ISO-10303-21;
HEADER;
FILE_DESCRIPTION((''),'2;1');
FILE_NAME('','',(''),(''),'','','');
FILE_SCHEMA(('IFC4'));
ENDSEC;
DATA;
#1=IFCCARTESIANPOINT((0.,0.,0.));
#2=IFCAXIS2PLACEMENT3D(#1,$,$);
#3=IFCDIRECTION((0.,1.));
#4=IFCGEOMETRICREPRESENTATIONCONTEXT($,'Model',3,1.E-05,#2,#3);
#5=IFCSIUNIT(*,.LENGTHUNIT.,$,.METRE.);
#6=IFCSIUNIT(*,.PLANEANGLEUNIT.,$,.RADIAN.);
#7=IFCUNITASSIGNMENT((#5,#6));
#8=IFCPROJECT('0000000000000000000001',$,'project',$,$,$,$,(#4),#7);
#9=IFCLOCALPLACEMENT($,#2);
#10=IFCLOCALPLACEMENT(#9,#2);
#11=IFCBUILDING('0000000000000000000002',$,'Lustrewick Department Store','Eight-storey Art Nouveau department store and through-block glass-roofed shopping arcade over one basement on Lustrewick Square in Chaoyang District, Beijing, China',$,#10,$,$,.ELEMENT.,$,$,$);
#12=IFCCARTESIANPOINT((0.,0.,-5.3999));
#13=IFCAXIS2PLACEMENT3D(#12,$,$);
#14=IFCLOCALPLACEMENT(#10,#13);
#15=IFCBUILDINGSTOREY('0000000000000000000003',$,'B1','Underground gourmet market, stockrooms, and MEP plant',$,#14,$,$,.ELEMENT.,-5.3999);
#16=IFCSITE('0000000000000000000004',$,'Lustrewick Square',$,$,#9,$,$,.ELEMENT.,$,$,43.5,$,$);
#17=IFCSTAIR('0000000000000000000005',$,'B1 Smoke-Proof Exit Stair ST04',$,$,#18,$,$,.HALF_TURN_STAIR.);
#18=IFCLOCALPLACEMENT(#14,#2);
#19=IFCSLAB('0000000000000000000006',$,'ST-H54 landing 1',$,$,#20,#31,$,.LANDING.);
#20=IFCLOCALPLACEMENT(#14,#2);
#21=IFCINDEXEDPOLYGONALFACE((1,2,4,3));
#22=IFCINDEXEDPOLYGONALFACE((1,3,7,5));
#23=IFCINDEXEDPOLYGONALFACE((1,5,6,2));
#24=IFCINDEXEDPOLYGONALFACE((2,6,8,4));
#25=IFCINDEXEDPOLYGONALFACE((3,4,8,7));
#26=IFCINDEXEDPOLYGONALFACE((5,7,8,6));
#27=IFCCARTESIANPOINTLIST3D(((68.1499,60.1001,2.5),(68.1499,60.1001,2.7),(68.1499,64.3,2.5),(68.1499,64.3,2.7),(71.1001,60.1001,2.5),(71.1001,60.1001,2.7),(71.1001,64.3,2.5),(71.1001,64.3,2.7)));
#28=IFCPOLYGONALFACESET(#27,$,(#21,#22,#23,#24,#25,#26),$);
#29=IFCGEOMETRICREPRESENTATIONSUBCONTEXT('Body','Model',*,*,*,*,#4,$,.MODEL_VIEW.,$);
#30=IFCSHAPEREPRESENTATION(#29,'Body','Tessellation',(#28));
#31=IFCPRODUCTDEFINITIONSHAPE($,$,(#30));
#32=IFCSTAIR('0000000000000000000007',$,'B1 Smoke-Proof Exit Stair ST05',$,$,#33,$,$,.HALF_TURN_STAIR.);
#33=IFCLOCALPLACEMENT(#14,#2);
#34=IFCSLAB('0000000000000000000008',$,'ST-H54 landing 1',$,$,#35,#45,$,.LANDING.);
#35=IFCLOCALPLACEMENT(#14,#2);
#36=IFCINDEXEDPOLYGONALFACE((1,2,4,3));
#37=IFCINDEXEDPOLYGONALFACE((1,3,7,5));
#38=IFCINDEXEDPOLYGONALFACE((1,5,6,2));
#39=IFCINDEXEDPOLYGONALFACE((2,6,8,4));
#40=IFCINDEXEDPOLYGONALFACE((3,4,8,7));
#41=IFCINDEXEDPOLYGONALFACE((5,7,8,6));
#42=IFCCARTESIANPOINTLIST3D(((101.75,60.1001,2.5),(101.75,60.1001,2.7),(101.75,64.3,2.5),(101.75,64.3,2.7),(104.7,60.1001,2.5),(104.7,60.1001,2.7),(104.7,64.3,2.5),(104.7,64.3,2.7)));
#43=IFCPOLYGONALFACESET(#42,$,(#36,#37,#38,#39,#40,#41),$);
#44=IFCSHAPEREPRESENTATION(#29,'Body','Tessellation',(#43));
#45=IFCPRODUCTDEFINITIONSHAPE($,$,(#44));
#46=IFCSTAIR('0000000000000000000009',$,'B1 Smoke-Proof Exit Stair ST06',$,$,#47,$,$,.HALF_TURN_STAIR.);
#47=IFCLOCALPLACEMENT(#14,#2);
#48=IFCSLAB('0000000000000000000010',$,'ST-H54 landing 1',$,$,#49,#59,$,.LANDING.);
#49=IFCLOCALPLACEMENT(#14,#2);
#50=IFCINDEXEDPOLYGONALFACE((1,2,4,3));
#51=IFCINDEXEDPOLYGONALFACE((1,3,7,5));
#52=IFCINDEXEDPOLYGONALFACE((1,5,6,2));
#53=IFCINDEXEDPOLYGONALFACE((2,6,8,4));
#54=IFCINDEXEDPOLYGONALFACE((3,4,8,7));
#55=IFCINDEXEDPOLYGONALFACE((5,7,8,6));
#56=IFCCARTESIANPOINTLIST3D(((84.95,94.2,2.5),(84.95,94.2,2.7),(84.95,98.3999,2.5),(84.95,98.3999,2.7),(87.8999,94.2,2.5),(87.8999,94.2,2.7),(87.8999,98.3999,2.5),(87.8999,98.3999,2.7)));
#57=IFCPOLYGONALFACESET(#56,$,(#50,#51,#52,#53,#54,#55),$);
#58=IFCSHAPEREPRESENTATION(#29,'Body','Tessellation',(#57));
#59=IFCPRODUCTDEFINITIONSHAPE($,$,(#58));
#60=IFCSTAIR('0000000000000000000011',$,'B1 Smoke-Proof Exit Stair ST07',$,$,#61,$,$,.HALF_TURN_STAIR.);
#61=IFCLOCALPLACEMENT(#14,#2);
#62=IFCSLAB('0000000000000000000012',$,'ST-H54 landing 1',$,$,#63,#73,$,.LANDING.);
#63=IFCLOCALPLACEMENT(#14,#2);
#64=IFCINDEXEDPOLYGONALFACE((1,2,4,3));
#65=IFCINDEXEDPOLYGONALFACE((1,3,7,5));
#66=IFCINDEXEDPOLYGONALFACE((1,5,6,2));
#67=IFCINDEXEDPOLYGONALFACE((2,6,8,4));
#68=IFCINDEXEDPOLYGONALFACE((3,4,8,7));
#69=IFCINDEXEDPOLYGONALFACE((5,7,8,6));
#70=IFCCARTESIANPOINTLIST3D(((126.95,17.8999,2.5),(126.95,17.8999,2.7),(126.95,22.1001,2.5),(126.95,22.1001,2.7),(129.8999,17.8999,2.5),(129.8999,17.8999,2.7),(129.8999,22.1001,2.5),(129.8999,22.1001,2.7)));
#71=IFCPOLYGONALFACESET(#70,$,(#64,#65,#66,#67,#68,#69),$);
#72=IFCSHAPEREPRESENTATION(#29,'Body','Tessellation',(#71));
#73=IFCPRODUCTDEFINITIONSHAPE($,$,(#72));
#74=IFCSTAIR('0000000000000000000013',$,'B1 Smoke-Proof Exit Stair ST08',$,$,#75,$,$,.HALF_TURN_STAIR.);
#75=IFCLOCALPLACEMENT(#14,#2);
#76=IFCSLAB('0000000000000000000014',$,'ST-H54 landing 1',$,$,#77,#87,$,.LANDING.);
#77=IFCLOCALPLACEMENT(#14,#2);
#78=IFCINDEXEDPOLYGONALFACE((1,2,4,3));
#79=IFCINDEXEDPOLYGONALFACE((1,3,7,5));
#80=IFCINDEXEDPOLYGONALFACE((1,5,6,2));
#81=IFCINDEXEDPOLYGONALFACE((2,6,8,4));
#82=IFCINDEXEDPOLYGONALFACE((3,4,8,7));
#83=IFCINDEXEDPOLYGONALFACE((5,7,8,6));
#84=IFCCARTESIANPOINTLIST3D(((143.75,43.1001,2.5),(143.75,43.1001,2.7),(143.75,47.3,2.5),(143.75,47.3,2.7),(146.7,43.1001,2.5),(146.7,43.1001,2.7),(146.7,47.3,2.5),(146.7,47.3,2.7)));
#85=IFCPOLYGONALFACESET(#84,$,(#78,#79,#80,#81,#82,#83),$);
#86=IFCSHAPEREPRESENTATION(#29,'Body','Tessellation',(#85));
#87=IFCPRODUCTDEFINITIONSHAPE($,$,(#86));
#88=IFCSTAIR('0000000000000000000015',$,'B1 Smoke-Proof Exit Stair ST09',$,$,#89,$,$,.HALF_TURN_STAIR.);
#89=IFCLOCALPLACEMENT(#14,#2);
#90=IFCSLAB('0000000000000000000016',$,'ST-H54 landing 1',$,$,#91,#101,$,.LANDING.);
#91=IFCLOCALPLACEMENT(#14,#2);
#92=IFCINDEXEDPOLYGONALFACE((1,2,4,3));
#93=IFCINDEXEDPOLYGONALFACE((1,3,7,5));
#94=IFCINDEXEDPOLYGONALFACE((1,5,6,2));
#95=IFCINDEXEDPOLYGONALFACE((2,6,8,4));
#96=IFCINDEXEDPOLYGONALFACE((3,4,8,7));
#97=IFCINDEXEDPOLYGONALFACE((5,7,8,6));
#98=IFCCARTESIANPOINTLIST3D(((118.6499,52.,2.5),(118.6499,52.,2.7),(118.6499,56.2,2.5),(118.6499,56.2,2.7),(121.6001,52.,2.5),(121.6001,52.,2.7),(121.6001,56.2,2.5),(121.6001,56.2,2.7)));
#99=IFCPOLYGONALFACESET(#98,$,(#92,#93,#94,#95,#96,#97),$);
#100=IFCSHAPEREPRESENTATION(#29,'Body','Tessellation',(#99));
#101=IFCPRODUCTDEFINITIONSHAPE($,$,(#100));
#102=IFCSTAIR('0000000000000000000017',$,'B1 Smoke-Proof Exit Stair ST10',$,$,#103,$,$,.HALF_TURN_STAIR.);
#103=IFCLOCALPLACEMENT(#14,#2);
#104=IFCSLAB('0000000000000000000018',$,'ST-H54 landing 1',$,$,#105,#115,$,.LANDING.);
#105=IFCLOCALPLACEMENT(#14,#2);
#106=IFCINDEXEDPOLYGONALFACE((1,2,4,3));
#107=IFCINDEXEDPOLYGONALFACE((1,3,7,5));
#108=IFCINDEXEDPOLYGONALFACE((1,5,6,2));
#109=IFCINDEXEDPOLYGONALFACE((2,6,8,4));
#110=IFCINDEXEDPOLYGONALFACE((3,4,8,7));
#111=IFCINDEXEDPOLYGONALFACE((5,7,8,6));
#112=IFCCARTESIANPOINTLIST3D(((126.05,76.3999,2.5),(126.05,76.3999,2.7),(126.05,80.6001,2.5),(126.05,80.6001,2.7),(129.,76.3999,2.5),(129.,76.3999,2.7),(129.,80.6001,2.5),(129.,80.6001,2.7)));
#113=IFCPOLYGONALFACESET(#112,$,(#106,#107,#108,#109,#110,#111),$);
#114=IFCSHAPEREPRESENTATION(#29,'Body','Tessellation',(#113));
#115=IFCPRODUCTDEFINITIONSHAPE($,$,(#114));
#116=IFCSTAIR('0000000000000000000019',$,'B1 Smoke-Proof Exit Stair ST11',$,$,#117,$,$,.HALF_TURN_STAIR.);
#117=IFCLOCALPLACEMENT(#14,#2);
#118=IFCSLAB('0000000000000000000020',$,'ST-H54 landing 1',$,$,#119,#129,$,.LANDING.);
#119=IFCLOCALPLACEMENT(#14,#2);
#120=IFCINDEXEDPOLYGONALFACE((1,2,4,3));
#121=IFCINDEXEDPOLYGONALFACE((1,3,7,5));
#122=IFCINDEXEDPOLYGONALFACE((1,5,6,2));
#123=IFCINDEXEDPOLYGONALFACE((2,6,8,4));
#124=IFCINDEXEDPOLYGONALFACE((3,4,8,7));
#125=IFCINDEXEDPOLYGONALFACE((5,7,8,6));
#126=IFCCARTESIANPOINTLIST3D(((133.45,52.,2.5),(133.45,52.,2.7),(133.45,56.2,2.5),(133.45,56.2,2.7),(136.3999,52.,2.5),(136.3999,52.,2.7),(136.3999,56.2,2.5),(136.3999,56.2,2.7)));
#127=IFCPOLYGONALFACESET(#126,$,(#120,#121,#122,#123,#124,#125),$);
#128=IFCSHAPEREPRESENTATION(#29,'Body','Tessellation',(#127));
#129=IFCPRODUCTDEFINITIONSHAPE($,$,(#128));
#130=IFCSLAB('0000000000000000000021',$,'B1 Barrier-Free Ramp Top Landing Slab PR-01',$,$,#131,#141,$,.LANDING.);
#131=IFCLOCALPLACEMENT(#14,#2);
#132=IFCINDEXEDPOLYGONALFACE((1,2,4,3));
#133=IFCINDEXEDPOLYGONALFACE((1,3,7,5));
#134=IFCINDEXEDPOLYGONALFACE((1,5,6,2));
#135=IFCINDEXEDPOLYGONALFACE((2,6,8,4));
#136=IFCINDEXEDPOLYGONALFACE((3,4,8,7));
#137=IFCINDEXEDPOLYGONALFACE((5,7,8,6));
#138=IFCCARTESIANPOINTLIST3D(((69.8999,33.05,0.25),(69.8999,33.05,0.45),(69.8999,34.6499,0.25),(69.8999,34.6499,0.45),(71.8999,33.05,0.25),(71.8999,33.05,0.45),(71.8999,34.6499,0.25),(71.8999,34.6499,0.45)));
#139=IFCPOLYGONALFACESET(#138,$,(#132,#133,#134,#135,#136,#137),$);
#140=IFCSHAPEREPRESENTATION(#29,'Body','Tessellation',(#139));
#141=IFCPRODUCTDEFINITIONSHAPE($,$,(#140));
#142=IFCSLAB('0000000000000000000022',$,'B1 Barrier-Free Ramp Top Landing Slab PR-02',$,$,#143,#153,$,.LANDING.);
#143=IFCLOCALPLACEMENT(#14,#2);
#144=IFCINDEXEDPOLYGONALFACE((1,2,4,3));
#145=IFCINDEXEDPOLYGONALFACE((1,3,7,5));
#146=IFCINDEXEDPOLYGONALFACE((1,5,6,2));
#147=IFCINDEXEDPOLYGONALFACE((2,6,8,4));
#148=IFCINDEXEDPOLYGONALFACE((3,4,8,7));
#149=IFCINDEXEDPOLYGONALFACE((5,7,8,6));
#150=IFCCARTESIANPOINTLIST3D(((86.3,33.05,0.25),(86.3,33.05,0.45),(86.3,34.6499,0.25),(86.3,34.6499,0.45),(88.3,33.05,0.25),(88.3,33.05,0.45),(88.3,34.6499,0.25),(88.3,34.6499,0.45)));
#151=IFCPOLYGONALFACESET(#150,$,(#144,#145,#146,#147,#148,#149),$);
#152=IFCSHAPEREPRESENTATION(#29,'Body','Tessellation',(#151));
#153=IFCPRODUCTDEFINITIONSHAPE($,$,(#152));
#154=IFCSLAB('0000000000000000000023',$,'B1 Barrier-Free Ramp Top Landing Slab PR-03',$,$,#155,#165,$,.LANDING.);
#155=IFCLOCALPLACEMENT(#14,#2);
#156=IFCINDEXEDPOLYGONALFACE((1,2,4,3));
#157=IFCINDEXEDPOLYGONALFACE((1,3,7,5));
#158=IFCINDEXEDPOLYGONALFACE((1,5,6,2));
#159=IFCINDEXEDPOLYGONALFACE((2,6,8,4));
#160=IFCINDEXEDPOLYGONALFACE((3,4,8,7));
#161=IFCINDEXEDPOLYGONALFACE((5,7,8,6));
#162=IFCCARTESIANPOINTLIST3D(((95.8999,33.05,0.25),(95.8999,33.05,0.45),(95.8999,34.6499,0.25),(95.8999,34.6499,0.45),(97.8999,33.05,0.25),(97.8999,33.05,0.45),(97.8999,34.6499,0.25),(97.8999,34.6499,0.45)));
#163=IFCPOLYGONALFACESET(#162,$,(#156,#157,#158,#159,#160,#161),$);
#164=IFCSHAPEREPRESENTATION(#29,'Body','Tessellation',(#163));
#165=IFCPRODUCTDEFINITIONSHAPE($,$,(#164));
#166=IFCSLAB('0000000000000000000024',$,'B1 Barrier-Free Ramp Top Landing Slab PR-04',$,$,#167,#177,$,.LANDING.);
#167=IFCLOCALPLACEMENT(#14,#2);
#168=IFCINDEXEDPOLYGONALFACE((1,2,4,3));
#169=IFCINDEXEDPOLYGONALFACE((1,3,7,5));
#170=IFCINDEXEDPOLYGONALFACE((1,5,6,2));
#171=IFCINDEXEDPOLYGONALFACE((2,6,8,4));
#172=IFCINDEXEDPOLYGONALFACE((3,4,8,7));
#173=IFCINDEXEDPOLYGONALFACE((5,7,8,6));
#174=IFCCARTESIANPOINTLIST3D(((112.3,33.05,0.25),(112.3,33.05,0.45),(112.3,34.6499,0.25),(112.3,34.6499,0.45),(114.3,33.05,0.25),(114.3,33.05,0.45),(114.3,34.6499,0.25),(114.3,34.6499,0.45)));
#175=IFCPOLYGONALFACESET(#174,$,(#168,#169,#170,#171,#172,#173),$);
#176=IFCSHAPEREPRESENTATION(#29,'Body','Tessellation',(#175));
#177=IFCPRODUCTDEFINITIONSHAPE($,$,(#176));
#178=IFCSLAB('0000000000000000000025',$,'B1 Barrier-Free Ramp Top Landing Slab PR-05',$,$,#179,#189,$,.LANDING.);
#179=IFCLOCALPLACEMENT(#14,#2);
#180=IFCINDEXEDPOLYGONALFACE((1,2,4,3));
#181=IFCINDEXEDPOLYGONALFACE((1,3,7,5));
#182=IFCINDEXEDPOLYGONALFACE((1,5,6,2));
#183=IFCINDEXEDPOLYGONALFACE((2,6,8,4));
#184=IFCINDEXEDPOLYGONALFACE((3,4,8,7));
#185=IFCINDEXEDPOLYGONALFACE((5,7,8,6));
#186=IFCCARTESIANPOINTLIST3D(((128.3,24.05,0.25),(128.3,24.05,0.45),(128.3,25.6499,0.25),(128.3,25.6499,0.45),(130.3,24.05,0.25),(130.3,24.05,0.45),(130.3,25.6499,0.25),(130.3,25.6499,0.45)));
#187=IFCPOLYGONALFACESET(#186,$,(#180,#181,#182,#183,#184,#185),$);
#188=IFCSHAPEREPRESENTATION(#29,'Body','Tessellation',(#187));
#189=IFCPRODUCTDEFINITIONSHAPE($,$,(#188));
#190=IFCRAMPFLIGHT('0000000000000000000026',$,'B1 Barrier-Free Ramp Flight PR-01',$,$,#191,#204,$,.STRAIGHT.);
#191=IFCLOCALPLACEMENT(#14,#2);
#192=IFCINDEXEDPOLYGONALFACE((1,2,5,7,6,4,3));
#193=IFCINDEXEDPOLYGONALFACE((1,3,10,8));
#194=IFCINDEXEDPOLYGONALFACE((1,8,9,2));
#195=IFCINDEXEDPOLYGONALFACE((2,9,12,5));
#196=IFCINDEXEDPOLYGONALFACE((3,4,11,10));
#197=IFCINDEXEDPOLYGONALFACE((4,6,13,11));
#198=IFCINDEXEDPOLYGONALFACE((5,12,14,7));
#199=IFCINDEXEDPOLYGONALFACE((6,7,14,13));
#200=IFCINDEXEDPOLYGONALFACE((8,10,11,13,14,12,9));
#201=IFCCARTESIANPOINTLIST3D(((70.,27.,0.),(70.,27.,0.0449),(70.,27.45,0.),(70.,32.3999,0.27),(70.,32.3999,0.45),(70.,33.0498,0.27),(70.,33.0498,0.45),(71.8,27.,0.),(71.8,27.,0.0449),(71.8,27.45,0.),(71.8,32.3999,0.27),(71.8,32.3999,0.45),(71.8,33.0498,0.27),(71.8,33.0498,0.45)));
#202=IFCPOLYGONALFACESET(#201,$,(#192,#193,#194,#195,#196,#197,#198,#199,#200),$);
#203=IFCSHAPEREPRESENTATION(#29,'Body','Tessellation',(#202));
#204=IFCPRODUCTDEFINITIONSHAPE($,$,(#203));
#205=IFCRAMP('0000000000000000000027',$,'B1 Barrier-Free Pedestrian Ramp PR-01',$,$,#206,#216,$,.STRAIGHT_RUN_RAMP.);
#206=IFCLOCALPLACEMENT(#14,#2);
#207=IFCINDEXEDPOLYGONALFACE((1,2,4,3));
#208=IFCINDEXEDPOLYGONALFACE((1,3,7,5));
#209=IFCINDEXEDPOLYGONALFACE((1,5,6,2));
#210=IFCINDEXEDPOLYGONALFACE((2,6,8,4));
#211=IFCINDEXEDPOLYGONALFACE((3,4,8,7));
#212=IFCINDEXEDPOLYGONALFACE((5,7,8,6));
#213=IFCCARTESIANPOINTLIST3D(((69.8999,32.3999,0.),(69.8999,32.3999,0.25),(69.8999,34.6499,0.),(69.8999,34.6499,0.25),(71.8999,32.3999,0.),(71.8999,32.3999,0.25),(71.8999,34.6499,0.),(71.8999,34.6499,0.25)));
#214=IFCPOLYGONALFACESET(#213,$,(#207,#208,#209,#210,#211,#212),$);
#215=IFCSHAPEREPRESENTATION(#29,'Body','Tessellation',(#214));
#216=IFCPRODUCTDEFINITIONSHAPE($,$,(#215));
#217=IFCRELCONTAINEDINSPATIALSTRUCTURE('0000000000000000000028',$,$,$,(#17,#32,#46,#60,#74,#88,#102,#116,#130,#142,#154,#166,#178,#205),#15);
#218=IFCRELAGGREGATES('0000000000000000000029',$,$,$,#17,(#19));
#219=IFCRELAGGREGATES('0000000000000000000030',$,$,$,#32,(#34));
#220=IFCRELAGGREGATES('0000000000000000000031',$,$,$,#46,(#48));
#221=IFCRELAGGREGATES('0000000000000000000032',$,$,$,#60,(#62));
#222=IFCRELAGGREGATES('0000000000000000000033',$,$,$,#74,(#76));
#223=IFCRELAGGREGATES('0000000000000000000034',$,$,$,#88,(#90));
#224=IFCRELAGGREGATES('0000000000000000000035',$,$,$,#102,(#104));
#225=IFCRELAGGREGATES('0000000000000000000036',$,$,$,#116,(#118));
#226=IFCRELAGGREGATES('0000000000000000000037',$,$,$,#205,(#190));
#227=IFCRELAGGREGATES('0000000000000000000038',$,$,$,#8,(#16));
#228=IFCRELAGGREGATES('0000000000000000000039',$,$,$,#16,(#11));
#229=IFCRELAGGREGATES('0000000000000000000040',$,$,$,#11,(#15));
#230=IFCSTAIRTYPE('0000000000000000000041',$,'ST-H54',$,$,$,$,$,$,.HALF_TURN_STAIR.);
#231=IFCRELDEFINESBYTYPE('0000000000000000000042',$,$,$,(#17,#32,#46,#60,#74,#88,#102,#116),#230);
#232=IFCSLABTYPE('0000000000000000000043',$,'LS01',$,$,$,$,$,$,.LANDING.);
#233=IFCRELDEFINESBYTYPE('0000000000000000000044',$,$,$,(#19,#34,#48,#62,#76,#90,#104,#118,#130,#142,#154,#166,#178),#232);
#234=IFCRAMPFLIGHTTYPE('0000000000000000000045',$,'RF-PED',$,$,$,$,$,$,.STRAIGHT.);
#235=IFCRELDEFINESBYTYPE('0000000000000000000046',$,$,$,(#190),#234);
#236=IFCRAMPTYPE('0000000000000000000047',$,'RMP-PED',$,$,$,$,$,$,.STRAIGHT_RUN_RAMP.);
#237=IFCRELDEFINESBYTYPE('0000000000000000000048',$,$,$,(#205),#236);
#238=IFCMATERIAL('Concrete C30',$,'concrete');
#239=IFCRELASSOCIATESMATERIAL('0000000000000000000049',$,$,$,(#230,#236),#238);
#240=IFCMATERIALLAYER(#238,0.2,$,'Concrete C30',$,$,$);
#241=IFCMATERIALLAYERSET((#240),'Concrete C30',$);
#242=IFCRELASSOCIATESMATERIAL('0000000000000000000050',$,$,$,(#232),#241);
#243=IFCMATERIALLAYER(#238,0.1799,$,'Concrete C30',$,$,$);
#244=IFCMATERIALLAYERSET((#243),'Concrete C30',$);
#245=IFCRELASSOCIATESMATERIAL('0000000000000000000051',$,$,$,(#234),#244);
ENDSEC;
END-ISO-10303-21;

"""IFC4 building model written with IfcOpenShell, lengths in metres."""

from ifc_helpers import new_model, si_unit, direction, frame, origin, place, context, subcontext, project, spatial, polyline, outline, extrude, material, layer, layer_set, type_object, element, aggregate, save


model = new_model("IFC4")

# Units and contexts
model_context = context("Model", 3, precision=1e-05, world=origin(), true_north=direction((0.0, 1.0)))
body_context = subcontext(model_context, "Body", "Model", "MODEL_VIEW")
ifc_project = project(units=[si_unit("LENGTHUNIT", "METRE"), si_unit("PLANEANGLEUNIT", "RADIAN")], contexts=[model_context])

# Site, building, storey
site_placement = place(None, origin())
site = spatial("IfcSite", under=ifc_project, at=site_placement, Name="Lustrewick Square", CompositionType="ELEMENT", RefElevation=43.5)
building_placement = place(site_placement, origin())
building = spatial("IfcBuilding", under=site, at=building_placement, Name="Lustrewick Department Store", Description="Eight-storey Art Nouveau department store and through-block glass-roofed shopping arcade over one basement on Lustrewick Square in Chaoyang District, Beijing, China", CompositionType="ELEMENT")
storey_placement = place(building_placement, frame((0.0, 0.0, -5.3999)))
storey = spatial("IfcBuildingStorey", under=building, at=storey_placement, Name="B1", Description="Underground gourmet market, stockrooms, and MEP plant", CompositionType="ELEMENT", Elevation=-5.3999)

# Stairs, slabs
ifc_material_1 = material(Name="Concrete C30", Category="concrete")
stair_type = type_object("IfcStairType", Name="ST-H54", PredefinedType="HALF_TURN_STAIR", material=ifc_material_1)
ifc_layer_1 = layer(ifc_material_1, 0.2, Name="Concrete C30")
ifc_layer_set_1 = layer_set([ifc_layer_1], Name="Concrete C30")
slab_type_1 = type_object("IfcSlabType", Name="LS01", PredefinedType="LANDING", material=ifc_layer_set_1)
stair_1_placement = place(storey_placement, origin())
stair_1 = element("IfcStair", 1, at=stair_1_placement, inside=storey, type_object=stair_type, Name="B1 Smoke-Proof Exit Stair ST04", PredefinedType="HALF_TURN_STAIR")
slab_1_placement = place(storey_placement, frame((0.0, 0.0, 2.5)))
slab_1 = element("IfcSlab", 2, at=slab_1_placement, type_object=slab_type_1, Name="ST-H54 landing 1", PredefinedType="LANDING", context=body_context, shape_type="SweptSolid", body=[
    extrude(outline(polyline([(68.1499, 60.1001), (71.1001, 60.1001), (71.1001, 64.3), (68.1499, 64.3), (68.1499, 60.1001)])), origin(), (0.0, 0.0, 1.0), 0.2),
])
aggregate(stair_1, [slab_1])
stair_2_placement = place(storey_placement, origin())
stair_2 = element("IfcStair", 3, at=stair_2_placement, inside=storey, type_object=stair_type, Name="B1 Smoke-Proof Exit Stair ST05", PredefinedType="HALF_TURN_STAIR")
slab_2_placement = place(storey_placement, frame((0.0, 0.0, 2.5)))
slab_2 = element("IfcSlab", 4, at=slab_2_placement, type_object=slab_type_1, Name="ST-H54 landing 1", PredefinedType="LANDING", context=body_context, shape_type="SweptSolid", body=[
    extrude(outline(polyline([(101.75, 60.1001), (104.7, 60.1001), (104.7, 64.3), (101.75, 64.3), (101.75, 60.1001)])), origin(), (0.0, 0.0, 1.0), 0.2),
])
aggregate(stair_2, [slab_2])
stair_3_placement = place(storey_placement, origin())
stair_3 = element("IfcStair", 5, at=stair_3_placement, inside=storey, type_object=stair_type, Name="B1 Smoke-Proof Exit Stair ST06", PredefinedType="HALF_TURN_STAIR")
slab_3_placement = place(storey_placement, frame((0.0, 0.0, 2.5)))
slab_3 = element("IfcSlab", 6, at=slab_3_placement, type_object=slab_type_1, Name="ST-H54 landing 1", PredefinedType="LANDING", context=body_context, shape_type="SweptSolid", body=[
    extrude(outline(polyline([(84.95, 94.2), (87.8999, 94.2), (87.8999, 98.3999), (84.95, 98.3999), (84.95, 94.2)])), origin(), (0.0, 0.0, 1.0), 0.2),
])
aggregate(stair_3, [slab_3])
stair_4_placement = place(storey_placement, origin())
stair_4 = element("IfcStair", 7, at=stair_4_placement, inside=storey, type_object=stair_type, Name="B1 Smoke-Proof Exit Stair ST07", PredefinedType="HALF_TURN_STAIR")
slab_4_placement = place(storey_placement, frame((0.0, 0.0, 2.5)))
slab_4 = element("IfcSlab", 8, at=slab_4_placement, type_object=slab_type_1, Name="ST-H54 landing 1", PredefinedType="LANDING", context=body_context, shape_type="SweptSolid", body=[
    extrude(outline(polyline([(126.95, 17.8999), (129.8999, 17.8999), (129.8999, 22.1001), (126.95, 22.1001), (126.95, 17.8999)])), origin(), (0.0, 0.0, 1.0), 0.2),
])
aggregate(stair_4, [slab_4])
stair_5_placement = place(storey_placement, origin())
stair_5 = element("IfcStair", 9, at=stair_5_placement, inside=storey, type_object=stair_type, Name="B1 Smoke-Proof Exit Stair ST08", PredefinedType="HALF_TURN_STAIR")
slab_5_placement = place(storey_placement, frame((0.0, 0.0, 2.5)))
slab_5 = element("IfcSlab", 10, at=slab_5_placement, type_object=slab_type_1, Name="ST-H54 landing 1", PredefinedType="LANDING", context=body_context, shape_type="SweptSolid", body=[
    extrude(outline(polyline([(143.75, 43.1001), (146.7, 43.1001), (146.7, 47.3), (143.75, 47.3), (143.75, 43.1001)])), origin(), (0.0, 0.0, 1.0), 0.2),
])
aggregate(stair_5, [slab_5])
stair_6_placement = place(storey_placement, origin())
stair_6 = element("IfcStair", 11, at=stair_6_placement, inside=storey, type_object=stair_type, Name="B1 Smoke-Proof Exit Stair ST09", PredefinedType="HALF_TURN_STAIR")
slab_6_placement = place(storey_placement, frame((0.0, 0.0, 2.5)))
slab_6 = element("IfcSlab", 12, at=slab_6_placement, type_object=slab_type_1, Name="ST-H54 landing 1", PredefinedType="LANDING", context=body_context, shape_type="SweptSolid", body=[
    extrude(outline(polyline([(118.6499, 52.0), (121.6001, 52.0), (121.6001, 56.2), (118.6499, 56.2), (118.6499, 52.0)])), origin(), (0.0, 0.0, 1.0), 0.2),
])
aggregate(stair_6, [slab_6])
stair_7_placement = place(storey_placement, origin())
stair_7 = element("IfcStair", 13, at=stair_7_placement, inside=storey, type_object=stair_type, Name="B1 Smoke-Proof Exit Stair ST10", PredefinedType="HALF_TURN_STAIR")
slab_7_placement = place(storey_placement, frame((0.0, 0.0, 2.5)))
slab_7 = element("IfcSlab", 14, at=slab_7_placement, type_object=slab_type_1, Name="ST-H54 landing 1", PredefinedType="LANDING", context=body_context, shape_type="SweptSolid", body=[
    extrude(outline(polyline([(126.05, 76.3999), (129.0, 76.3999), (129.0, 80.6001), (126.05, 80.6001), (126.05, 76.3999)])), origin(), (0.0, 0.0, 1.0), 0.2),
])
aggregate(stair_7, [slab_7])
stair_8_placement = place(storey_placement, origin())
stair_8 = element("IfcStair", 15, at=stair_8_placement, inside=storey, type_object=stair_type, Name="B1 Smoke-Proof Exit Stair ST11", PredefinedType="HALF_TURN_STAIR")
slab_8_placement = place(storey_placement, frame((0.0, 0.0, 2.5)))
slab_8 = element("IfcSlab", 16, at=slab_8_placement, type_object=slab_type_1, Name="ST-H54 landing 1", PredefinedType="LANDING", context=body_context, shape_type="SweptSolid", body=[
    extrude(outline(polyline([(133.45, 52.0), (136.3999, 52.0), (136.3999, 56.2), (133.45, 56.2), (133.45, 52.0)])), origin(), (0.0, 0.0, 1.0), 0.2),
])
aggregate(stair_8, [slab_8])

# Slabs
slab_9_placement = place(storey_placement, frame((0.0, 0.0, 0.25)))
element("IfcSlab", 17, at=slab_9_placement, inside=storey, type_object=slab_type_1, Name="B1 Barrier-Free Ramp Top Landing Slab PR-01", PredefinedType="LANDING", context=body_context, shape_type="SweptSolid", body=[
    extrude(outline(polyline([(71.8999, 33.05), (71.8999, 34.6499), (69.8999, 34.6499), (69.8999, 33.05), (71.8999, 33.05)])), origin(), (0.0, 0.0, 1.0), 0.2),
])
slab_10_placement = place(storey_placement, frame((0.0, 0.0, 0.25)))
element("IfcSlab", 18, at=slab_10_placement, inside=storey, type_object=slab_type_1, Name="B1 Barrier-Free Ramp Top Landing Slab PR-02", PredefinedType="LANDING", context=body_context, shape_type="SweptSolid", body=[
    extrude(outline(polyline([(88.3, 33.05), (88.3, 34.6499), (86.3, 34.6499), (86.3, 33.05), (88.3, 33.05)])), origin(), (0.0, 0.0, 1.0), 0.2),
])
slab_11_placement = place(storey_placement, frame((0.0, 0.0, 0.25)))
element("IfcSlab", 19, at=slab_11_placement, inside=storey, type_object=slab_type_1, Name="B1 Barrier-Free Ramp Top Landing Slab PR-03", PredefinedType="LANDING", context=body_context, shape_type="SweptSolid", body=[
    extrude(outline(polyline([(97.8999, 33.05), (97.8999, 34.6499), (95.8999, 34.6499), (95.8999, 33.05), (97.8999, 33.05)])), origin(), (0.0, 0.0, 1.0), 0.2),
])
slab_12_placement = place(storey_placement, frame((0.0, 0.0, 0.25)))
element("IfcSlab", 20, at=slab_12_placement, inside=storey, type_object=slab_type_1, Name="B1 Barrier-Free Ramp Top Landing Slab PR-04", PredefinedType="LANDING", context=body_context, shape_type="SweptSolid", body=[
    extrude(outline(polyline([(114.3, 33.05), (114.3, 34.6499), (112.3, 34.6499), (112.3, 33.05), (114.3, 33.05)])), origin(), (0.0, 0.0, 1.0), 0.2),
])
slab_13_placement = place(storey_placement, frame((0.0, 0.0, 0.25)))
element("IfcSlab", 21, at=slab_13_placement, inside=storey, type_object=slab_type_1, Name="B1 Barrier-Free Ramp Top Landing Slab PR-05", PredefinedType="LANDING", context=body_context, shape_type="SweptSolid", body=[
    extrude(outline(polyline([(130.3, 24.05), (130.3, 25.6499), (128.3, 25.6499), (128.3, 24.05), (130.3, 24.05)])), origin(), (0.0, 0.0, 1.0), 0.2),
])

# Ramp flight
ifc_layer_2 = layer(ifc_material_1, 0.1799, Name="Concrete C30")
ifc_layer_set_2 = layer_set([ifc_layer_2], Name="Concrete C30")
ramp_flight_type = type_object("IfcRampFlightType", Name="RF-PED", PredefinedType="STRAIGHT", material=ifc_layer_set_2)
ramp_flight_1_placement = place(storey_placement, frame((70.8999, 27.0, 0.0), z_axis=(0.0, 0.0, 1.0), x_axis=(0.0, 1.0, 0.0)))
ramp_flight_1 = element("IfcRampFlight", 22, at=ramp_flight_1_placement, type_object=ramp_flight_type, Name="B1 Barrier-Free Ramp Flight PR-01", PredefinedType="STRAIGHT", context=body_context, shape_type="SweptSolid", body=[
    extrude(outline(polyline([(0.0, 0.0), (0.45, 0.0), (5.3999, 0.27), (6.0498, 0.27), (6.0498, 0.45), (5.3999, 0.45), (0.0, 0.0449), (0.0, 0.0)])), frame((0.0, 0.8999, 0.0), z_axis=(0.0, -1.0, 0.0), x_axis=(1.0, 0.0, 0.0)), (0.0, 0.0, 1.0), 1.8),
])

# Ramp
ramp_type = type_object("IfcRampType", Name="RMP-PED", PredefinedType="STRAIGHT_RUN_RAMP", material=ifc_material_1)
ramp_1_placement = place(storey_placement, origin())
ramp_1 = element("IfcRamp", 23, at=ramp_1_placement, inside=storey, type_object=ramp_type, Name="B1 Barrier-Free Pedestrian Ramp PR-01", PredefinedType="STRAIGHT_RUN_RAMP", context=body_context, shape_type="SweptSolid", body=[
    extrude(outline(polyline([(71.8999, 32.3999), (71.8999, 34.6499), (69.8999, 34.6499), (69.8999, 32.3999), (71.8999, 32.3999)])), origin(), (0.0, 0.0, 1.0), 0.25),
])
aggregate(ramp_1, [ramp_flight_1])

save(model, "model.ifc")
